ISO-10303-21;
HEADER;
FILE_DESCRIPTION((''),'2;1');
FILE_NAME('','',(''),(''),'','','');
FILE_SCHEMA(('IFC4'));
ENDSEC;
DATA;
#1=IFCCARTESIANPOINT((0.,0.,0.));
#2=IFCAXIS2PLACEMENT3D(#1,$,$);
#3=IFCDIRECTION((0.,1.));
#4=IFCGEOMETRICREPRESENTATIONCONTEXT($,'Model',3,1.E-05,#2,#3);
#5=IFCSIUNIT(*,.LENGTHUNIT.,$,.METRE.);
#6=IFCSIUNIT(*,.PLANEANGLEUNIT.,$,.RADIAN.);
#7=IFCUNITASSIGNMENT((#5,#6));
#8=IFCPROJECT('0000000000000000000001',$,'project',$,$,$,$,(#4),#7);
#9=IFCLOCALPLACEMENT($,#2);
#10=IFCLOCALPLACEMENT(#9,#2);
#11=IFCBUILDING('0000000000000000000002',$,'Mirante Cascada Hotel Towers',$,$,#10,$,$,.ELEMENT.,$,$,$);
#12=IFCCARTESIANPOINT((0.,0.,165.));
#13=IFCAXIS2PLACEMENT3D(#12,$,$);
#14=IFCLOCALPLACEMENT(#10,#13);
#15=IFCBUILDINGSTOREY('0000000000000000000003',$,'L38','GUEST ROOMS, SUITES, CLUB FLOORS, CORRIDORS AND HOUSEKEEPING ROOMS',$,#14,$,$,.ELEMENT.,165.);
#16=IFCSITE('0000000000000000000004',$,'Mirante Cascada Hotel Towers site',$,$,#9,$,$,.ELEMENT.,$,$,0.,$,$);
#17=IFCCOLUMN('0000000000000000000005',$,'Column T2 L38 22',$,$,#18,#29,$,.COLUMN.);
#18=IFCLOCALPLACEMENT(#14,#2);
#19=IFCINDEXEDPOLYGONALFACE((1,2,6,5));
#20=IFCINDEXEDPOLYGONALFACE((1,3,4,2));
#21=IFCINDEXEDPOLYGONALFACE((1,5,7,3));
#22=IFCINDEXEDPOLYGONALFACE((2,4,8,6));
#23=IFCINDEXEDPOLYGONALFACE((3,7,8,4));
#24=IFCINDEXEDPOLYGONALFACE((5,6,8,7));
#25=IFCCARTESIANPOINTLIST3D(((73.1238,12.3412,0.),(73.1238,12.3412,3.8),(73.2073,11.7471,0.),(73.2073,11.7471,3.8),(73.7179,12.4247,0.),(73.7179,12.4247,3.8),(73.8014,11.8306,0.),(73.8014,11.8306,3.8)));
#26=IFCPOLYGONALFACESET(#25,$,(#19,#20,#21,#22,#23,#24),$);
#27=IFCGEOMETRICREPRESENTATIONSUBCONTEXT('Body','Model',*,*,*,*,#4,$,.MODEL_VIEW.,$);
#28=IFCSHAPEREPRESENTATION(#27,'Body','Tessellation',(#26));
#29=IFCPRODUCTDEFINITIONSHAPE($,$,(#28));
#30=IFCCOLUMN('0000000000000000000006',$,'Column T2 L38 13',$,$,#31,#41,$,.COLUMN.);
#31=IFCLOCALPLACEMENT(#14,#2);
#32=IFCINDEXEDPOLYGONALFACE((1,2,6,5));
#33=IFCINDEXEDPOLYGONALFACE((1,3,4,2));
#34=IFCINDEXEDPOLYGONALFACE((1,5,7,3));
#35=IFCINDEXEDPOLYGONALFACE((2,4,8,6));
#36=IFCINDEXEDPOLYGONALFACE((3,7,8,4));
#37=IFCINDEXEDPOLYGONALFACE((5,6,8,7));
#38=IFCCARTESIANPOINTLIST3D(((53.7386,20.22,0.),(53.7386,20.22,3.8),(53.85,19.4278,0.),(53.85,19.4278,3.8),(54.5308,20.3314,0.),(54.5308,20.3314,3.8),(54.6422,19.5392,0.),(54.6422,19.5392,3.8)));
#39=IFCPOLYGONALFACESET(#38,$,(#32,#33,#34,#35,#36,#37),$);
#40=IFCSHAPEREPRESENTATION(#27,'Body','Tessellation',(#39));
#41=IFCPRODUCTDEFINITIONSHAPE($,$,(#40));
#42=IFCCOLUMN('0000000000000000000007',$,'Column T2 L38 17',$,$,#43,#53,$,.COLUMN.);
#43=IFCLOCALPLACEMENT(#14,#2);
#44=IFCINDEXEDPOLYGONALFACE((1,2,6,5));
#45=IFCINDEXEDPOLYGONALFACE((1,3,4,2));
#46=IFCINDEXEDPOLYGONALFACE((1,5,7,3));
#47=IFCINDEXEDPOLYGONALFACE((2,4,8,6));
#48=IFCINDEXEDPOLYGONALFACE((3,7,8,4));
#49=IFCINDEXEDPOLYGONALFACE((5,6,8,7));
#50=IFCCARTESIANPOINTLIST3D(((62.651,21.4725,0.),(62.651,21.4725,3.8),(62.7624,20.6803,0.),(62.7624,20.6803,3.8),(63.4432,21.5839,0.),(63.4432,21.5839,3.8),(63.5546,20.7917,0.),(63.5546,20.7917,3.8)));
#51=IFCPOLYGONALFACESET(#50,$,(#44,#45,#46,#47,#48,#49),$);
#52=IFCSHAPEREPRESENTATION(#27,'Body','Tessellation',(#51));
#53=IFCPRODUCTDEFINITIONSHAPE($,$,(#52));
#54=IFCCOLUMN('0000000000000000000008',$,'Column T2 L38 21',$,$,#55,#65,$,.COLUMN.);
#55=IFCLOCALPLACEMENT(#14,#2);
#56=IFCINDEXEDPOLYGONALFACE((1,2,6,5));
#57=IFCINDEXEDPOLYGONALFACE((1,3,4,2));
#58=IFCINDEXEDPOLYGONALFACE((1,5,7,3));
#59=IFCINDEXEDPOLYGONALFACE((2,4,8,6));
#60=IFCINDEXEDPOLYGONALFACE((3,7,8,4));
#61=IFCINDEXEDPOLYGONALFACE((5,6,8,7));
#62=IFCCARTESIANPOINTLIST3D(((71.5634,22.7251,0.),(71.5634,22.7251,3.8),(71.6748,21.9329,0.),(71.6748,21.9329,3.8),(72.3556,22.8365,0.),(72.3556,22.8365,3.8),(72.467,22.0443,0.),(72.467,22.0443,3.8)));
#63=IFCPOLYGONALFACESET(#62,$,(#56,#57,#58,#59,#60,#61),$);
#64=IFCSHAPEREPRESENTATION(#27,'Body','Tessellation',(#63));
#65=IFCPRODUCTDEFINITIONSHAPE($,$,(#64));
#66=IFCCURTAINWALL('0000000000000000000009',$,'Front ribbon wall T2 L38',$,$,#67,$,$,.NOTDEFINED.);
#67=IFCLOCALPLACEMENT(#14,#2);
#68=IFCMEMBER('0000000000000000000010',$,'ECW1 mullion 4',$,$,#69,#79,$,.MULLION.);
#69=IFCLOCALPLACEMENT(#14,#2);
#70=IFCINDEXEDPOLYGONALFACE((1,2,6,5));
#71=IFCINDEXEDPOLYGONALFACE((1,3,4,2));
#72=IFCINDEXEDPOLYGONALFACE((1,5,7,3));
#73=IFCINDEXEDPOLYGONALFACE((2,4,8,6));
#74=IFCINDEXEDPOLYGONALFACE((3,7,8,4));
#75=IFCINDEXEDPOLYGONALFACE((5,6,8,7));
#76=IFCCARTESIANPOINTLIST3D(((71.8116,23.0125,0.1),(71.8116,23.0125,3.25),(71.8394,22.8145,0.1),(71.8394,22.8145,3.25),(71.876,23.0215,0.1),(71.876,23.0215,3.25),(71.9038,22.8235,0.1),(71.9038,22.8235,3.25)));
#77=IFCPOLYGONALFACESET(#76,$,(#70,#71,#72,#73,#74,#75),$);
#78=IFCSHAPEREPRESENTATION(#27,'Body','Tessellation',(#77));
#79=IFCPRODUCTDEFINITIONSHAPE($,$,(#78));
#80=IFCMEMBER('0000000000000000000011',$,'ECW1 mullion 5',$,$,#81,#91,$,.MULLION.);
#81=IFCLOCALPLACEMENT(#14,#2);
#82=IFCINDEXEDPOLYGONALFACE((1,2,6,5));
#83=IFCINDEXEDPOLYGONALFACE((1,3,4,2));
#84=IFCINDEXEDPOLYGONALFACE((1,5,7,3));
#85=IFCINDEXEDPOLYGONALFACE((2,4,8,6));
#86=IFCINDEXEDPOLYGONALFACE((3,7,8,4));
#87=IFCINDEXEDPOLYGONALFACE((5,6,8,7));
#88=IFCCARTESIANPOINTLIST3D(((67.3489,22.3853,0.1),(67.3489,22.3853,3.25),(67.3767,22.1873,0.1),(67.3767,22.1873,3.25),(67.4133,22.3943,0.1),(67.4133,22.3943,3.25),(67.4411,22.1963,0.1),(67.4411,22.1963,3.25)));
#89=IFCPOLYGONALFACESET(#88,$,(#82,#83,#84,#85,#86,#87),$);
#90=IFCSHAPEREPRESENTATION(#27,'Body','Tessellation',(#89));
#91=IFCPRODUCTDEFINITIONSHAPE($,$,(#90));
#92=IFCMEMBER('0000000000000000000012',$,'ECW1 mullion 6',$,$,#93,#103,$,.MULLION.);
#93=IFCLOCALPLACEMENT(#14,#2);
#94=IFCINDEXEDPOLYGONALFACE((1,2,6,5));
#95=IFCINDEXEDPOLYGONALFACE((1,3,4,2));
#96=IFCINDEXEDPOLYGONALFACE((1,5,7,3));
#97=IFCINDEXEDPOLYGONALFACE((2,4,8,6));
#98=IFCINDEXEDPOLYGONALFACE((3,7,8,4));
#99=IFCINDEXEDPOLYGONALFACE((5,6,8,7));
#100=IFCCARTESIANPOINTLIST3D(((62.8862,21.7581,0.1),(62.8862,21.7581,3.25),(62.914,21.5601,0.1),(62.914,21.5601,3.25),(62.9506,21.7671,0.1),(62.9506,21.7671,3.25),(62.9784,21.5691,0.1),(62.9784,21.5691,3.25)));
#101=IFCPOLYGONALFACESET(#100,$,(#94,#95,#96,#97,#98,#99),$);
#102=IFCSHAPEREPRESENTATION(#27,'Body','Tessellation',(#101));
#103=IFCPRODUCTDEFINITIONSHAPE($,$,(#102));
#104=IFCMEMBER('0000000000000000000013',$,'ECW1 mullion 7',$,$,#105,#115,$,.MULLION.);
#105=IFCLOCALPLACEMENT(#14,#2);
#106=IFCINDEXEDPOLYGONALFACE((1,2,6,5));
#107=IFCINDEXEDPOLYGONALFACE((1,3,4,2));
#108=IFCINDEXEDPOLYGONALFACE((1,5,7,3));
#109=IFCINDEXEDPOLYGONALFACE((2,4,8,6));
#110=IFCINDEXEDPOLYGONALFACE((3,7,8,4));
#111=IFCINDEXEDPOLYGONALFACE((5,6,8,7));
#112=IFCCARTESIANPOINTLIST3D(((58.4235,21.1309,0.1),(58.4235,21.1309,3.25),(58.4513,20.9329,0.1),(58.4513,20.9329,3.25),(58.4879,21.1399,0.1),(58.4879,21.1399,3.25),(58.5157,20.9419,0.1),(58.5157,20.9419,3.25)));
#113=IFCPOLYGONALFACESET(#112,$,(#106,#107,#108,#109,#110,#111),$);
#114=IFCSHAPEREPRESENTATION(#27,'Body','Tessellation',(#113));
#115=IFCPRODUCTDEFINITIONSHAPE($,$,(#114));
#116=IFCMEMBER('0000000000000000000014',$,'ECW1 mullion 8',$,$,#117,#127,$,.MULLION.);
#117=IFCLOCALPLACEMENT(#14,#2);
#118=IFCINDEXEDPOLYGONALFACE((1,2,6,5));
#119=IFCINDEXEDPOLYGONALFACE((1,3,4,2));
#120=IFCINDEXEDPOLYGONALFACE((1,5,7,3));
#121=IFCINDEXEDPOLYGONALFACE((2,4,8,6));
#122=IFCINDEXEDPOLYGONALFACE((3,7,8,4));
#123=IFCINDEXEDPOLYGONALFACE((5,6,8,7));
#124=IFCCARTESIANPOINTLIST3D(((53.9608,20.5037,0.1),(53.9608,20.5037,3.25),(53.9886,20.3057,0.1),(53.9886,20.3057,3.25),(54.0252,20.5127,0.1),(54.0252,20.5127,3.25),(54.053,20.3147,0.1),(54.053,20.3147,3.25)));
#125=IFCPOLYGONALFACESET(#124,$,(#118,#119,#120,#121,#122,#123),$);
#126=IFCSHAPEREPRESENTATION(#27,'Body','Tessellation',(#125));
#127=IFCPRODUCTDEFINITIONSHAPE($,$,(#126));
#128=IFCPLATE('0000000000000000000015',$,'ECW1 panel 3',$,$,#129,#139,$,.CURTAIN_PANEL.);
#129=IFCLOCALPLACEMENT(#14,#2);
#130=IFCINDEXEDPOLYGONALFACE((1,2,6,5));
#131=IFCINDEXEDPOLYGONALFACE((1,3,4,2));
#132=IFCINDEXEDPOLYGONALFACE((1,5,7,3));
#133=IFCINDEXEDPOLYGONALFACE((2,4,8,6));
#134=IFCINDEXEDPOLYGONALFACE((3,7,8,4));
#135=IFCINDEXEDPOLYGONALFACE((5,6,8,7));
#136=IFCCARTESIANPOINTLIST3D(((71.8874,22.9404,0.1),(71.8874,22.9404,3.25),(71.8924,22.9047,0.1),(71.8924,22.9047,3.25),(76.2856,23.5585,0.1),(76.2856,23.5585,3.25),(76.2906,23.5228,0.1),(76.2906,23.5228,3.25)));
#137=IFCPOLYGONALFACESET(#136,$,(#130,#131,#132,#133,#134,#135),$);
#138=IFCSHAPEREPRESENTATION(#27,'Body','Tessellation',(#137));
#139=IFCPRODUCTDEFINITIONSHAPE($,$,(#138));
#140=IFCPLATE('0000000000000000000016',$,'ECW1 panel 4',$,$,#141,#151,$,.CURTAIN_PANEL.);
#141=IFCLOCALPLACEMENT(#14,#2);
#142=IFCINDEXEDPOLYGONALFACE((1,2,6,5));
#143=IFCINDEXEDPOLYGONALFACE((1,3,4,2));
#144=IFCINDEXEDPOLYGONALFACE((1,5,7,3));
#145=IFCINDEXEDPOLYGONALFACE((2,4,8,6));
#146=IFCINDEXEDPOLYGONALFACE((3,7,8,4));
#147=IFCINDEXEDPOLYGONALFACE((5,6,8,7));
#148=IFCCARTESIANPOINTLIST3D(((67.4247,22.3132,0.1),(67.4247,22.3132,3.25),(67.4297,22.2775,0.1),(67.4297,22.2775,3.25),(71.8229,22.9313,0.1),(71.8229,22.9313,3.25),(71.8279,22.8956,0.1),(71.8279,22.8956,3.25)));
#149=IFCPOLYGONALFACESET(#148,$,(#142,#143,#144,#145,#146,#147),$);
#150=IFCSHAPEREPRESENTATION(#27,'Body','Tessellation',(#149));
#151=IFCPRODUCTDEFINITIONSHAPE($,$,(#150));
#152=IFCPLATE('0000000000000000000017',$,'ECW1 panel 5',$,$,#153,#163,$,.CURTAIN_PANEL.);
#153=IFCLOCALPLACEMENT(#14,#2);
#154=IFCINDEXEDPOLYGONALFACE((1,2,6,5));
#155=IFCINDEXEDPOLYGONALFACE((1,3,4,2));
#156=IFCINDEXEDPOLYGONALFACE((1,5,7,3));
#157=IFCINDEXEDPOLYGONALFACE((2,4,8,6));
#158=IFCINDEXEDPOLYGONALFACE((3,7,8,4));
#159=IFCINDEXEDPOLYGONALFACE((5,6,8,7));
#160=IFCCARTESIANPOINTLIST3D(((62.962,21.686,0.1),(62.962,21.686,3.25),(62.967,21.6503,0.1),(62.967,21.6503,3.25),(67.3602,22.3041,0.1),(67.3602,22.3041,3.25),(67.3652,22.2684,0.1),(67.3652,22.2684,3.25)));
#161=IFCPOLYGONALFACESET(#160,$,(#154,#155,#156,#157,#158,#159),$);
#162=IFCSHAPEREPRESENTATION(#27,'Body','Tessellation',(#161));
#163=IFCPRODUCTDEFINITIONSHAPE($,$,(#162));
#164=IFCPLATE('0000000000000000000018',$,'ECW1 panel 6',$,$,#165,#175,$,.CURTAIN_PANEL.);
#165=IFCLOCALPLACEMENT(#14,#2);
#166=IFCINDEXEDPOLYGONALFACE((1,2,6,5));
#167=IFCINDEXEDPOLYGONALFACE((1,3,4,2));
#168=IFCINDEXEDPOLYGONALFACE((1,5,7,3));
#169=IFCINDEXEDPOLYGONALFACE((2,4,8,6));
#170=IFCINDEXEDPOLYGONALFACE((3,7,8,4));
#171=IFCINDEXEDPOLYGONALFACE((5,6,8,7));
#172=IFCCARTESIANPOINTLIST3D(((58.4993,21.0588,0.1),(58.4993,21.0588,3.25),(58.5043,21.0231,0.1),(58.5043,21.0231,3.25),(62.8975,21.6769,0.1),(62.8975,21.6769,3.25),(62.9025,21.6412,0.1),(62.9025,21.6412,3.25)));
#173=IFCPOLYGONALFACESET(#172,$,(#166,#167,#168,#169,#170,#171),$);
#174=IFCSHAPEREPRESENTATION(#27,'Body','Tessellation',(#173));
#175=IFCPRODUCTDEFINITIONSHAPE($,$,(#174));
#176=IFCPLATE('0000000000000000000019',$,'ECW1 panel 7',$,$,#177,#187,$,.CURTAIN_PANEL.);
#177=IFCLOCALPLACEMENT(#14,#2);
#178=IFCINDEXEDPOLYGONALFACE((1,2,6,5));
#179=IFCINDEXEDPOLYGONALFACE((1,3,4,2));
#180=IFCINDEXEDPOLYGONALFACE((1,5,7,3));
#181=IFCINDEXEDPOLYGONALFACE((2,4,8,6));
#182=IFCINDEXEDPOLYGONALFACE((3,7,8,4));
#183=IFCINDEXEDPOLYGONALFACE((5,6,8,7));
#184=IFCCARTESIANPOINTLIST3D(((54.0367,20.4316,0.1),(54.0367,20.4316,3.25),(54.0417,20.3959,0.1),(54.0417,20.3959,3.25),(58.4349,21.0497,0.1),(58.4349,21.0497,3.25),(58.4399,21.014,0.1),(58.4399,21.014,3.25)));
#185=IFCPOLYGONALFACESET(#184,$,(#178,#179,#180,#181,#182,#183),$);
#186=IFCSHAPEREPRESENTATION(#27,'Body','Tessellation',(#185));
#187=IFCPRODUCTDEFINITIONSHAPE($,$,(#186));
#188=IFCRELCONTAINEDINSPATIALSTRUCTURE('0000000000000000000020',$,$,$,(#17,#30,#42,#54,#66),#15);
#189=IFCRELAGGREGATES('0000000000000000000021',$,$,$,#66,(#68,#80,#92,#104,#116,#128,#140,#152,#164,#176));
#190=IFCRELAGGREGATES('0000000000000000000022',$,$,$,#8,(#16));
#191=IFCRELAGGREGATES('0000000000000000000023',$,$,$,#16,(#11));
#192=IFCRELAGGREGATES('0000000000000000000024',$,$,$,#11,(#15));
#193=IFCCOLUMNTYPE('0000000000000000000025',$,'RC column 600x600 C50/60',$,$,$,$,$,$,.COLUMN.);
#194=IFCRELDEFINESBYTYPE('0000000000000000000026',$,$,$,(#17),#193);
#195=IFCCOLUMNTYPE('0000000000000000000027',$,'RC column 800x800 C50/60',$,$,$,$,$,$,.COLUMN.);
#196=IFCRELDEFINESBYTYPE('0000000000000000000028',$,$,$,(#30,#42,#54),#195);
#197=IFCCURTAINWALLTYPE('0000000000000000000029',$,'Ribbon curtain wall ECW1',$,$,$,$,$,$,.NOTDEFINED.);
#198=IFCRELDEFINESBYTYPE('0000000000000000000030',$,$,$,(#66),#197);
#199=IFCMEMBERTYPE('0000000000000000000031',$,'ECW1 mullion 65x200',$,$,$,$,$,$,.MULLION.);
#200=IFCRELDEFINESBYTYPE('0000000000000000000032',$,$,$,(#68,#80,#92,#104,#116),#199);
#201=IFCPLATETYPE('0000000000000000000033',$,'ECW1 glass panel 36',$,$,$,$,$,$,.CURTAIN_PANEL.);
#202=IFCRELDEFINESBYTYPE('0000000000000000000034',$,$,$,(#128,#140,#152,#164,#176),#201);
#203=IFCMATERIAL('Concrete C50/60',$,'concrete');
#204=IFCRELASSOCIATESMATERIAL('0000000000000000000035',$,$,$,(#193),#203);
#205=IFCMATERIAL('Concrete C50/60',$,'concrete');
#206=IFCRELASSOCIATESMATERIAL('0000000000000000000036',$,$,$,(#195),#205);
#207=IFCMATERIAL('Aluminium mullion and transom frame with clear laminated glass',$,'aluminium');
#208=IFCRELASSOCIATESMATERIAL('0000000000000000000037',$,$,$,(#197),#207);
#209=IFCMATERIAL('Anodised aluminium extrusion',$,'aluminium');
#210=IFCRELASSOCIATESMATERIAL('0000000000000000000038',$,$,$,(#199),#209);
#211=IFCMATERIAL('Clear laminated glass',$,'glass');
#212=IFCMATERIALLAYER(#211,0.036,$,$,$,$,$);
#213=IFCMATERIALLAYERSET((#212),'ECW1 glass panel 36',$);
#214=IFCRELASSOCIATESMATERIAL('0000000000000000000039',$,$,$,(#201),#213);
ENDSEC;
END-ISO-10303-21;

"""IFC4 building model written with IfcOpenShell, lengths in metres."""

from ifc_helpers import new_model, si_unit, direction, frame, origin, origin_2d, place, context, subcontext, project, spatial, rectangle, extrude, material, layer, layer_set, material_profile, profile_set, type_object, element, aggregate, save


model = new_model("IFC4")

# Units and contexts
model_context = context("Model", 3, precision=1e-05, world=origin(), true_north=direction((0.0, 1.0)))
body_context = subcontext(model_context, "Body", "Model", "MODEL_VIEW")
ifc_project = project(units=[si_unit("LENGTHUNIT", "METRE"), si_unit("PLANEANGLEUNIT", "RADIAN")], contexts=[model_context])

# Site, building, storey
site_placement = place(None, origin())
site = spatial("IfcSite", under=ifc_project, at=site_placement, Name="Mirante Cascada Hotel Towers site", CompositionType="ELEMENT", RefElevation=0.0)
building_placement = place(site_placement, origin())
building = spatial("IfcBuilding", under=site, at=building_placement, Name="Mirante Cascada Hotel Towers", CompositionType="ELEMENT")
storey_placement = place(building_placement, frame((0.0, 0.0, 165.0)))
storey = spatial("IfcBuildingStorey", under=building, at=storey_placement, Name="L38", Description="GUEST ROOMS, SUITES, CLUB FLOORS, CORRIDORS AND HOUSEKEEPING ROOMS", CompositionType="ELEMENT", Elevation=165.0)

# Columns
ifc_material_1 = material(Name="Concrete C50/60", Category="concrete")
ifc_material_profile_1 = material_profile(ifc_material_1, rectangle(XDim=0.6, YDim=0.6, at=origin_2d()), Name="RC column 600x600 C50/60")
ifc_profile_set_1 = profile_set([ifc_material_profile_1], Name="Concrete C50/60")
column_type_1 = type_object("IfcColumnType", Name="RC column 600x600 C50/60", PredefinedType="COLUMN", material=ifc_profile_set_1)
column_placement = place(storey_placement, frame((73.4626, 12.0859, 0.0), z_axis=(0.0, 0.0, 1.0), x_axis=(0.990268, 0.139173, 0.0)))
element("IfcColumn", 1, at=column_placement, inside=storey, type_object=column_type_1, Name="Column T2 L38 22", PredefinedType="COLUMN", context=body_context, shape_type="SweptSolid", body=[
    extrude(rectangle(XDim=0.6, YDim=0.6, at=origin_2d()), origin(), (0.0, 0.0, 1.0), 3.8),
])
ifc_material_2 = material(Name="Concrete C50/60", Category="concrete")
ifc_material_profile_2 = material_profile(ifc_material_2, rectangle(XDim=0.8, YDim=0.8, at=origin_2d()), Name="RC column 800x800 C50/60")
ifc_profile_set_2 = profile_set([ifc_material_profile_2], Name="Concrete C50/60")
column_type_2 = type_object("IfcColumnType", Name="RC column 800x800 C50/60", PredefinedType="COLUMN", material=ifc_profile_set_2)
for number, where, z_axis, x_axis, name in (
    (2, (54.1904, 19.8796, 0.0), (0.0, 0.0, 1.0), (0.990268, 0.139173, 0.0), "Column T2 L38 13"),
    (3, (63.1028, 21.1321, 0.0), (0.0, 0.0, 1.0), (0.990268, 0.139173, 0.0), "Column T2 L38 17"),
    (4, (72.0152, 22.3847, 0.0), (0.0, 0.0, 1.0), (0.990268, 0.139173, 0.0), "Column T2 L38 21"),
):
    element("IfcColumn", number, at=place(storey_placement, frame(where, z_axis=z_axis, x_axis=x_axis)), inside=storey, type_object=column_type_2, Name=name, PredefinedType="COLUMN", context=body_context, shape_type="SweptSolid", body=[
        extrude(rectangle(XDim=0.8, YDim=0.8, at=origin_2d()), origin(), (0.0, 0.0, 1.0), 3.8),
    ])

# Curtain wall, members, plates
ifc_material_3 = material(Name="Aluminium mullion and transom frame with clear laminated glass", Category="aluminium")
curtain_wall_type = type_object("IfcCurtainWallType", Name="Ribbon curtain wall ECW1", PredefinedType="NOTDEFINED", material=ifc_material_3)
curtain_wall_placement = place(storey_placement, origin())
curtain_wall = element("IfcCurtainWall", 5, at=curtain_wall_placement, inside=storey, type_object=curtain_wall_type, Name="Front ribbon wall T2 L38", PredefinedType="NOTDEFINED")
ifc_material_4 = material(Name="Anodised aluminium extrusion", Category="aluminium")
ifc_material_profile_3 = material_profile(ifc_material_4, rectangle(XDim=0.2, YDim=0.065, at=origin_2d()), Name="ECW1 MULLION 65x200")
ifc_profile_set_3 = profile_set([ifc_material_profile_3], Name="Anodised aluminium extrusion")
member_type = type_object("IfcMemberType", Name="ECW1 mullion 65x200", PredefinedType="MULLION", material=ifc_profile_set_3)
member_1_placement = place(storey_placement, frame((71.8577, 22.918, 0.1), z_axis=(0.0, 0.0, 1.0), x_axis=(0.139173, -0.990268, 0.0)))
member_1 = element("IfcMember", 6, at=member_1_placement, type_object=member_type, Name="ECW1 mullion 4", PredefinedType="MULLION", context=body_context, shape_type="SweptSolid", body=[
    extrude(rectangle(XDim=0.2, YDim=0.065, at=origin_2d()), origin(), (0.0, 0.0, 1.0), 3.15),
])
member_2_placement = place(storey_placement, frame((67.395, 22.2908, 0.1), z_axis=(0.0, 0.0, 1.0), x_axis=(0.139173, -0.990268, 0.0)))
member_2 = element("IfcMember", 7, at=member_2_placement, type_object=member_type, Name="ECW1 mullion 5", PredefinedType="MULLION", context=body_context, shape_type="SweptSolid", body=[
    extrude(rectangle(XDim=0.2, YDim=0.065, at=origin_2d()), origin(), (0.0, 0.0, 1.0), 3.15),
])
member_3_placement = place(storey_placement, frame((62.9323, 21.6636, 0.1), z_axis=(0.0, 0.0, 1.0), x_axis=(0.139173, -0.990268, 0.0)))
member_3 = element("IfcMember", 8, at=member_3_placement, type_object=member_type, Name="ECW1 mullion 6", PredefinedType="MULLION", context=body_context, shape_type="SweptSolid", body=[
    extrude(rectangle(XDim=0.2, YDim=0.065, at=origin_2d()), origin(), (0.0, 0.0, 1.0), 3.15),
])
member_4_placement = place(storey_placement, frame((58.4696, 21.0364, 0.1), z_axis=(0.0, 0.0, 1.0), x_axis=(0.139173, -0.990268, 0.0)))
member_4 = element("IfcMember", 9, at=member_4_placement, type_object=member_type, Name="ECW1 mullion 7", PredefinedType="MULLION", context=body_context, shape_type="SweptSolid", body=[
    extrude(rectangle(XDim=0.2, YDim=0.065, at=origin_2d()), origin(), (0.0, 0.0, 1.0), 3.15),
])
member_5_placement = place(storey_placement, frame((54.0069, 20.4092, 0.1), z_axis=(0.0, 0.0, 1.0), x_axis=(0.139173, -0.990268, 0.0)))
member_5 = element("IfcMember", 10, at=member_5_placement, type_object=member_type, Name="ECW1 mullion 8", PredefinedType="MULLION", context=body_context, shape_type="SweptSolid", body=[
    extrude(rectangle(XDim=0.2, YDim=0.065, at=origin_2d()), origin(), (0.0, 0.0, 1.0), 3.15),
])
ifc_material_5 = material(Name="Clear laminated glass", Category="glass")
ifc_layer_1 = layer(ifc_material_5, 0.036)
ifc_layer_set_1 = layer_set([ifc_layer_1], Name="ECW1 glass panel 36")
plate_type = type_object("IfcPlateType", Name="ECW1 glass panel 36", PredefinedType="CURTAIN_PANEL", material=ifc_layer_set_1)
plate_1_placement = place(storey_placement, frame((74.089, 23.2316, 0.1), z_axis=(0.0, 0.0, 1.0), x_axis=(-0.990268, -0.139173, 0.0)))
plate_1 = element("IfcPlate", 11, at=plate_1_placement, type_object=plate_type, Name="ECW1 panel 3", PredefinedType="CURTAIN_PANEL", context=body_context, shape_type="SweptSolid", body=[
    extrude(rectangle(XDim=4.4415, YDim=0.036, at=origin_2d()), origin(), (0.0, 0.0, 1.0), 3.15),
])
plate_2_placement = place(storey_placement, frame((69.6263, 22.6044, 0.1), z_axis=(0.0, 0.0, 1.0), x_axis=(-0.990268, -0.139173, 0.0)))
plate_2 = element("IfcPlate", 12, at=plate_2_placement, type_object=plate_type, Name="ECW1 panel 4", PredefinedType="CURTAIN_PANEL", context=body_context, shape_type="SweptSolid", body=[
    extrude(rectangle(XDim=4.4415, YDim=0.036, at=origin_2d()), origin(), (0.0, 0.0, 1.0), 3.15),
])
plate_3_placement = place(storey_placement, frame((65.1636, 21.9772, 0.1), z_axis=(0.0, 0.0, 1.0), x_axis=(-0.990268, -0.139173, 0.0)))
plate_3 = element("IfcPlate", 13, at=plate_3_placement, type_object=plate_type, Name="ECW1 panel 5", PredefinedType="CURTAIN_PANEL", context=body_context, shape_type="SweptSolid", body=[
    extrude(rectangle(XDim=4.4415, YDim=0.036, at=origin_2d()), origin(), (0.0, 0.0, 1.0), 3.15),
])
plate_4_placement = place(storey_placement, frame((60.7009, 21.35, 0.1), z_axis=(0.0, 0.0, 1.0), x_axis=(-0.990268, -0.139173, 0.0)))
plate_4 = element("IfcPlate", 14, at=plate_4_placement, type_object=plate_type, Name="ECW1 panel 6", PredefinedType="CURTAIN_PANEL", context=body_context, shape_type="SweptSolid", body=[
    extrude(rectangle(XDim=4.4415, YDim=0.036, at=origin_2d()), origin(), (0.0, 0.0, 1.0), 3.15),
])
plate_5_placement = place(storey_placement, frame((56.2383, 20.7228, 0.1), z_axis=(0.0, 0.0, 1.0), x_axis=(-0.990268, -0.139173, 0.0)))
plate_5 = element("IfcPlate", 15, at=plate_5_placement, type_object=plate_type, Name="ECW1 panel 7", PredefinedType="CURTAIN_PANEL", context=body_context, shape_type="SweptSolid", body=[
    extrude(rectangle(XDim=4.4415, YDim=0.036, at=origin_2d()), origin(), (0.0, 0.0, 1.0), 3.15),
])
aggregate(curtain_wall, [member_1, member_2, member_3, member_4, member_5, plate_1, plate_2, plate_3, plate_4, plate_5])

save(model, "model.ifc")
